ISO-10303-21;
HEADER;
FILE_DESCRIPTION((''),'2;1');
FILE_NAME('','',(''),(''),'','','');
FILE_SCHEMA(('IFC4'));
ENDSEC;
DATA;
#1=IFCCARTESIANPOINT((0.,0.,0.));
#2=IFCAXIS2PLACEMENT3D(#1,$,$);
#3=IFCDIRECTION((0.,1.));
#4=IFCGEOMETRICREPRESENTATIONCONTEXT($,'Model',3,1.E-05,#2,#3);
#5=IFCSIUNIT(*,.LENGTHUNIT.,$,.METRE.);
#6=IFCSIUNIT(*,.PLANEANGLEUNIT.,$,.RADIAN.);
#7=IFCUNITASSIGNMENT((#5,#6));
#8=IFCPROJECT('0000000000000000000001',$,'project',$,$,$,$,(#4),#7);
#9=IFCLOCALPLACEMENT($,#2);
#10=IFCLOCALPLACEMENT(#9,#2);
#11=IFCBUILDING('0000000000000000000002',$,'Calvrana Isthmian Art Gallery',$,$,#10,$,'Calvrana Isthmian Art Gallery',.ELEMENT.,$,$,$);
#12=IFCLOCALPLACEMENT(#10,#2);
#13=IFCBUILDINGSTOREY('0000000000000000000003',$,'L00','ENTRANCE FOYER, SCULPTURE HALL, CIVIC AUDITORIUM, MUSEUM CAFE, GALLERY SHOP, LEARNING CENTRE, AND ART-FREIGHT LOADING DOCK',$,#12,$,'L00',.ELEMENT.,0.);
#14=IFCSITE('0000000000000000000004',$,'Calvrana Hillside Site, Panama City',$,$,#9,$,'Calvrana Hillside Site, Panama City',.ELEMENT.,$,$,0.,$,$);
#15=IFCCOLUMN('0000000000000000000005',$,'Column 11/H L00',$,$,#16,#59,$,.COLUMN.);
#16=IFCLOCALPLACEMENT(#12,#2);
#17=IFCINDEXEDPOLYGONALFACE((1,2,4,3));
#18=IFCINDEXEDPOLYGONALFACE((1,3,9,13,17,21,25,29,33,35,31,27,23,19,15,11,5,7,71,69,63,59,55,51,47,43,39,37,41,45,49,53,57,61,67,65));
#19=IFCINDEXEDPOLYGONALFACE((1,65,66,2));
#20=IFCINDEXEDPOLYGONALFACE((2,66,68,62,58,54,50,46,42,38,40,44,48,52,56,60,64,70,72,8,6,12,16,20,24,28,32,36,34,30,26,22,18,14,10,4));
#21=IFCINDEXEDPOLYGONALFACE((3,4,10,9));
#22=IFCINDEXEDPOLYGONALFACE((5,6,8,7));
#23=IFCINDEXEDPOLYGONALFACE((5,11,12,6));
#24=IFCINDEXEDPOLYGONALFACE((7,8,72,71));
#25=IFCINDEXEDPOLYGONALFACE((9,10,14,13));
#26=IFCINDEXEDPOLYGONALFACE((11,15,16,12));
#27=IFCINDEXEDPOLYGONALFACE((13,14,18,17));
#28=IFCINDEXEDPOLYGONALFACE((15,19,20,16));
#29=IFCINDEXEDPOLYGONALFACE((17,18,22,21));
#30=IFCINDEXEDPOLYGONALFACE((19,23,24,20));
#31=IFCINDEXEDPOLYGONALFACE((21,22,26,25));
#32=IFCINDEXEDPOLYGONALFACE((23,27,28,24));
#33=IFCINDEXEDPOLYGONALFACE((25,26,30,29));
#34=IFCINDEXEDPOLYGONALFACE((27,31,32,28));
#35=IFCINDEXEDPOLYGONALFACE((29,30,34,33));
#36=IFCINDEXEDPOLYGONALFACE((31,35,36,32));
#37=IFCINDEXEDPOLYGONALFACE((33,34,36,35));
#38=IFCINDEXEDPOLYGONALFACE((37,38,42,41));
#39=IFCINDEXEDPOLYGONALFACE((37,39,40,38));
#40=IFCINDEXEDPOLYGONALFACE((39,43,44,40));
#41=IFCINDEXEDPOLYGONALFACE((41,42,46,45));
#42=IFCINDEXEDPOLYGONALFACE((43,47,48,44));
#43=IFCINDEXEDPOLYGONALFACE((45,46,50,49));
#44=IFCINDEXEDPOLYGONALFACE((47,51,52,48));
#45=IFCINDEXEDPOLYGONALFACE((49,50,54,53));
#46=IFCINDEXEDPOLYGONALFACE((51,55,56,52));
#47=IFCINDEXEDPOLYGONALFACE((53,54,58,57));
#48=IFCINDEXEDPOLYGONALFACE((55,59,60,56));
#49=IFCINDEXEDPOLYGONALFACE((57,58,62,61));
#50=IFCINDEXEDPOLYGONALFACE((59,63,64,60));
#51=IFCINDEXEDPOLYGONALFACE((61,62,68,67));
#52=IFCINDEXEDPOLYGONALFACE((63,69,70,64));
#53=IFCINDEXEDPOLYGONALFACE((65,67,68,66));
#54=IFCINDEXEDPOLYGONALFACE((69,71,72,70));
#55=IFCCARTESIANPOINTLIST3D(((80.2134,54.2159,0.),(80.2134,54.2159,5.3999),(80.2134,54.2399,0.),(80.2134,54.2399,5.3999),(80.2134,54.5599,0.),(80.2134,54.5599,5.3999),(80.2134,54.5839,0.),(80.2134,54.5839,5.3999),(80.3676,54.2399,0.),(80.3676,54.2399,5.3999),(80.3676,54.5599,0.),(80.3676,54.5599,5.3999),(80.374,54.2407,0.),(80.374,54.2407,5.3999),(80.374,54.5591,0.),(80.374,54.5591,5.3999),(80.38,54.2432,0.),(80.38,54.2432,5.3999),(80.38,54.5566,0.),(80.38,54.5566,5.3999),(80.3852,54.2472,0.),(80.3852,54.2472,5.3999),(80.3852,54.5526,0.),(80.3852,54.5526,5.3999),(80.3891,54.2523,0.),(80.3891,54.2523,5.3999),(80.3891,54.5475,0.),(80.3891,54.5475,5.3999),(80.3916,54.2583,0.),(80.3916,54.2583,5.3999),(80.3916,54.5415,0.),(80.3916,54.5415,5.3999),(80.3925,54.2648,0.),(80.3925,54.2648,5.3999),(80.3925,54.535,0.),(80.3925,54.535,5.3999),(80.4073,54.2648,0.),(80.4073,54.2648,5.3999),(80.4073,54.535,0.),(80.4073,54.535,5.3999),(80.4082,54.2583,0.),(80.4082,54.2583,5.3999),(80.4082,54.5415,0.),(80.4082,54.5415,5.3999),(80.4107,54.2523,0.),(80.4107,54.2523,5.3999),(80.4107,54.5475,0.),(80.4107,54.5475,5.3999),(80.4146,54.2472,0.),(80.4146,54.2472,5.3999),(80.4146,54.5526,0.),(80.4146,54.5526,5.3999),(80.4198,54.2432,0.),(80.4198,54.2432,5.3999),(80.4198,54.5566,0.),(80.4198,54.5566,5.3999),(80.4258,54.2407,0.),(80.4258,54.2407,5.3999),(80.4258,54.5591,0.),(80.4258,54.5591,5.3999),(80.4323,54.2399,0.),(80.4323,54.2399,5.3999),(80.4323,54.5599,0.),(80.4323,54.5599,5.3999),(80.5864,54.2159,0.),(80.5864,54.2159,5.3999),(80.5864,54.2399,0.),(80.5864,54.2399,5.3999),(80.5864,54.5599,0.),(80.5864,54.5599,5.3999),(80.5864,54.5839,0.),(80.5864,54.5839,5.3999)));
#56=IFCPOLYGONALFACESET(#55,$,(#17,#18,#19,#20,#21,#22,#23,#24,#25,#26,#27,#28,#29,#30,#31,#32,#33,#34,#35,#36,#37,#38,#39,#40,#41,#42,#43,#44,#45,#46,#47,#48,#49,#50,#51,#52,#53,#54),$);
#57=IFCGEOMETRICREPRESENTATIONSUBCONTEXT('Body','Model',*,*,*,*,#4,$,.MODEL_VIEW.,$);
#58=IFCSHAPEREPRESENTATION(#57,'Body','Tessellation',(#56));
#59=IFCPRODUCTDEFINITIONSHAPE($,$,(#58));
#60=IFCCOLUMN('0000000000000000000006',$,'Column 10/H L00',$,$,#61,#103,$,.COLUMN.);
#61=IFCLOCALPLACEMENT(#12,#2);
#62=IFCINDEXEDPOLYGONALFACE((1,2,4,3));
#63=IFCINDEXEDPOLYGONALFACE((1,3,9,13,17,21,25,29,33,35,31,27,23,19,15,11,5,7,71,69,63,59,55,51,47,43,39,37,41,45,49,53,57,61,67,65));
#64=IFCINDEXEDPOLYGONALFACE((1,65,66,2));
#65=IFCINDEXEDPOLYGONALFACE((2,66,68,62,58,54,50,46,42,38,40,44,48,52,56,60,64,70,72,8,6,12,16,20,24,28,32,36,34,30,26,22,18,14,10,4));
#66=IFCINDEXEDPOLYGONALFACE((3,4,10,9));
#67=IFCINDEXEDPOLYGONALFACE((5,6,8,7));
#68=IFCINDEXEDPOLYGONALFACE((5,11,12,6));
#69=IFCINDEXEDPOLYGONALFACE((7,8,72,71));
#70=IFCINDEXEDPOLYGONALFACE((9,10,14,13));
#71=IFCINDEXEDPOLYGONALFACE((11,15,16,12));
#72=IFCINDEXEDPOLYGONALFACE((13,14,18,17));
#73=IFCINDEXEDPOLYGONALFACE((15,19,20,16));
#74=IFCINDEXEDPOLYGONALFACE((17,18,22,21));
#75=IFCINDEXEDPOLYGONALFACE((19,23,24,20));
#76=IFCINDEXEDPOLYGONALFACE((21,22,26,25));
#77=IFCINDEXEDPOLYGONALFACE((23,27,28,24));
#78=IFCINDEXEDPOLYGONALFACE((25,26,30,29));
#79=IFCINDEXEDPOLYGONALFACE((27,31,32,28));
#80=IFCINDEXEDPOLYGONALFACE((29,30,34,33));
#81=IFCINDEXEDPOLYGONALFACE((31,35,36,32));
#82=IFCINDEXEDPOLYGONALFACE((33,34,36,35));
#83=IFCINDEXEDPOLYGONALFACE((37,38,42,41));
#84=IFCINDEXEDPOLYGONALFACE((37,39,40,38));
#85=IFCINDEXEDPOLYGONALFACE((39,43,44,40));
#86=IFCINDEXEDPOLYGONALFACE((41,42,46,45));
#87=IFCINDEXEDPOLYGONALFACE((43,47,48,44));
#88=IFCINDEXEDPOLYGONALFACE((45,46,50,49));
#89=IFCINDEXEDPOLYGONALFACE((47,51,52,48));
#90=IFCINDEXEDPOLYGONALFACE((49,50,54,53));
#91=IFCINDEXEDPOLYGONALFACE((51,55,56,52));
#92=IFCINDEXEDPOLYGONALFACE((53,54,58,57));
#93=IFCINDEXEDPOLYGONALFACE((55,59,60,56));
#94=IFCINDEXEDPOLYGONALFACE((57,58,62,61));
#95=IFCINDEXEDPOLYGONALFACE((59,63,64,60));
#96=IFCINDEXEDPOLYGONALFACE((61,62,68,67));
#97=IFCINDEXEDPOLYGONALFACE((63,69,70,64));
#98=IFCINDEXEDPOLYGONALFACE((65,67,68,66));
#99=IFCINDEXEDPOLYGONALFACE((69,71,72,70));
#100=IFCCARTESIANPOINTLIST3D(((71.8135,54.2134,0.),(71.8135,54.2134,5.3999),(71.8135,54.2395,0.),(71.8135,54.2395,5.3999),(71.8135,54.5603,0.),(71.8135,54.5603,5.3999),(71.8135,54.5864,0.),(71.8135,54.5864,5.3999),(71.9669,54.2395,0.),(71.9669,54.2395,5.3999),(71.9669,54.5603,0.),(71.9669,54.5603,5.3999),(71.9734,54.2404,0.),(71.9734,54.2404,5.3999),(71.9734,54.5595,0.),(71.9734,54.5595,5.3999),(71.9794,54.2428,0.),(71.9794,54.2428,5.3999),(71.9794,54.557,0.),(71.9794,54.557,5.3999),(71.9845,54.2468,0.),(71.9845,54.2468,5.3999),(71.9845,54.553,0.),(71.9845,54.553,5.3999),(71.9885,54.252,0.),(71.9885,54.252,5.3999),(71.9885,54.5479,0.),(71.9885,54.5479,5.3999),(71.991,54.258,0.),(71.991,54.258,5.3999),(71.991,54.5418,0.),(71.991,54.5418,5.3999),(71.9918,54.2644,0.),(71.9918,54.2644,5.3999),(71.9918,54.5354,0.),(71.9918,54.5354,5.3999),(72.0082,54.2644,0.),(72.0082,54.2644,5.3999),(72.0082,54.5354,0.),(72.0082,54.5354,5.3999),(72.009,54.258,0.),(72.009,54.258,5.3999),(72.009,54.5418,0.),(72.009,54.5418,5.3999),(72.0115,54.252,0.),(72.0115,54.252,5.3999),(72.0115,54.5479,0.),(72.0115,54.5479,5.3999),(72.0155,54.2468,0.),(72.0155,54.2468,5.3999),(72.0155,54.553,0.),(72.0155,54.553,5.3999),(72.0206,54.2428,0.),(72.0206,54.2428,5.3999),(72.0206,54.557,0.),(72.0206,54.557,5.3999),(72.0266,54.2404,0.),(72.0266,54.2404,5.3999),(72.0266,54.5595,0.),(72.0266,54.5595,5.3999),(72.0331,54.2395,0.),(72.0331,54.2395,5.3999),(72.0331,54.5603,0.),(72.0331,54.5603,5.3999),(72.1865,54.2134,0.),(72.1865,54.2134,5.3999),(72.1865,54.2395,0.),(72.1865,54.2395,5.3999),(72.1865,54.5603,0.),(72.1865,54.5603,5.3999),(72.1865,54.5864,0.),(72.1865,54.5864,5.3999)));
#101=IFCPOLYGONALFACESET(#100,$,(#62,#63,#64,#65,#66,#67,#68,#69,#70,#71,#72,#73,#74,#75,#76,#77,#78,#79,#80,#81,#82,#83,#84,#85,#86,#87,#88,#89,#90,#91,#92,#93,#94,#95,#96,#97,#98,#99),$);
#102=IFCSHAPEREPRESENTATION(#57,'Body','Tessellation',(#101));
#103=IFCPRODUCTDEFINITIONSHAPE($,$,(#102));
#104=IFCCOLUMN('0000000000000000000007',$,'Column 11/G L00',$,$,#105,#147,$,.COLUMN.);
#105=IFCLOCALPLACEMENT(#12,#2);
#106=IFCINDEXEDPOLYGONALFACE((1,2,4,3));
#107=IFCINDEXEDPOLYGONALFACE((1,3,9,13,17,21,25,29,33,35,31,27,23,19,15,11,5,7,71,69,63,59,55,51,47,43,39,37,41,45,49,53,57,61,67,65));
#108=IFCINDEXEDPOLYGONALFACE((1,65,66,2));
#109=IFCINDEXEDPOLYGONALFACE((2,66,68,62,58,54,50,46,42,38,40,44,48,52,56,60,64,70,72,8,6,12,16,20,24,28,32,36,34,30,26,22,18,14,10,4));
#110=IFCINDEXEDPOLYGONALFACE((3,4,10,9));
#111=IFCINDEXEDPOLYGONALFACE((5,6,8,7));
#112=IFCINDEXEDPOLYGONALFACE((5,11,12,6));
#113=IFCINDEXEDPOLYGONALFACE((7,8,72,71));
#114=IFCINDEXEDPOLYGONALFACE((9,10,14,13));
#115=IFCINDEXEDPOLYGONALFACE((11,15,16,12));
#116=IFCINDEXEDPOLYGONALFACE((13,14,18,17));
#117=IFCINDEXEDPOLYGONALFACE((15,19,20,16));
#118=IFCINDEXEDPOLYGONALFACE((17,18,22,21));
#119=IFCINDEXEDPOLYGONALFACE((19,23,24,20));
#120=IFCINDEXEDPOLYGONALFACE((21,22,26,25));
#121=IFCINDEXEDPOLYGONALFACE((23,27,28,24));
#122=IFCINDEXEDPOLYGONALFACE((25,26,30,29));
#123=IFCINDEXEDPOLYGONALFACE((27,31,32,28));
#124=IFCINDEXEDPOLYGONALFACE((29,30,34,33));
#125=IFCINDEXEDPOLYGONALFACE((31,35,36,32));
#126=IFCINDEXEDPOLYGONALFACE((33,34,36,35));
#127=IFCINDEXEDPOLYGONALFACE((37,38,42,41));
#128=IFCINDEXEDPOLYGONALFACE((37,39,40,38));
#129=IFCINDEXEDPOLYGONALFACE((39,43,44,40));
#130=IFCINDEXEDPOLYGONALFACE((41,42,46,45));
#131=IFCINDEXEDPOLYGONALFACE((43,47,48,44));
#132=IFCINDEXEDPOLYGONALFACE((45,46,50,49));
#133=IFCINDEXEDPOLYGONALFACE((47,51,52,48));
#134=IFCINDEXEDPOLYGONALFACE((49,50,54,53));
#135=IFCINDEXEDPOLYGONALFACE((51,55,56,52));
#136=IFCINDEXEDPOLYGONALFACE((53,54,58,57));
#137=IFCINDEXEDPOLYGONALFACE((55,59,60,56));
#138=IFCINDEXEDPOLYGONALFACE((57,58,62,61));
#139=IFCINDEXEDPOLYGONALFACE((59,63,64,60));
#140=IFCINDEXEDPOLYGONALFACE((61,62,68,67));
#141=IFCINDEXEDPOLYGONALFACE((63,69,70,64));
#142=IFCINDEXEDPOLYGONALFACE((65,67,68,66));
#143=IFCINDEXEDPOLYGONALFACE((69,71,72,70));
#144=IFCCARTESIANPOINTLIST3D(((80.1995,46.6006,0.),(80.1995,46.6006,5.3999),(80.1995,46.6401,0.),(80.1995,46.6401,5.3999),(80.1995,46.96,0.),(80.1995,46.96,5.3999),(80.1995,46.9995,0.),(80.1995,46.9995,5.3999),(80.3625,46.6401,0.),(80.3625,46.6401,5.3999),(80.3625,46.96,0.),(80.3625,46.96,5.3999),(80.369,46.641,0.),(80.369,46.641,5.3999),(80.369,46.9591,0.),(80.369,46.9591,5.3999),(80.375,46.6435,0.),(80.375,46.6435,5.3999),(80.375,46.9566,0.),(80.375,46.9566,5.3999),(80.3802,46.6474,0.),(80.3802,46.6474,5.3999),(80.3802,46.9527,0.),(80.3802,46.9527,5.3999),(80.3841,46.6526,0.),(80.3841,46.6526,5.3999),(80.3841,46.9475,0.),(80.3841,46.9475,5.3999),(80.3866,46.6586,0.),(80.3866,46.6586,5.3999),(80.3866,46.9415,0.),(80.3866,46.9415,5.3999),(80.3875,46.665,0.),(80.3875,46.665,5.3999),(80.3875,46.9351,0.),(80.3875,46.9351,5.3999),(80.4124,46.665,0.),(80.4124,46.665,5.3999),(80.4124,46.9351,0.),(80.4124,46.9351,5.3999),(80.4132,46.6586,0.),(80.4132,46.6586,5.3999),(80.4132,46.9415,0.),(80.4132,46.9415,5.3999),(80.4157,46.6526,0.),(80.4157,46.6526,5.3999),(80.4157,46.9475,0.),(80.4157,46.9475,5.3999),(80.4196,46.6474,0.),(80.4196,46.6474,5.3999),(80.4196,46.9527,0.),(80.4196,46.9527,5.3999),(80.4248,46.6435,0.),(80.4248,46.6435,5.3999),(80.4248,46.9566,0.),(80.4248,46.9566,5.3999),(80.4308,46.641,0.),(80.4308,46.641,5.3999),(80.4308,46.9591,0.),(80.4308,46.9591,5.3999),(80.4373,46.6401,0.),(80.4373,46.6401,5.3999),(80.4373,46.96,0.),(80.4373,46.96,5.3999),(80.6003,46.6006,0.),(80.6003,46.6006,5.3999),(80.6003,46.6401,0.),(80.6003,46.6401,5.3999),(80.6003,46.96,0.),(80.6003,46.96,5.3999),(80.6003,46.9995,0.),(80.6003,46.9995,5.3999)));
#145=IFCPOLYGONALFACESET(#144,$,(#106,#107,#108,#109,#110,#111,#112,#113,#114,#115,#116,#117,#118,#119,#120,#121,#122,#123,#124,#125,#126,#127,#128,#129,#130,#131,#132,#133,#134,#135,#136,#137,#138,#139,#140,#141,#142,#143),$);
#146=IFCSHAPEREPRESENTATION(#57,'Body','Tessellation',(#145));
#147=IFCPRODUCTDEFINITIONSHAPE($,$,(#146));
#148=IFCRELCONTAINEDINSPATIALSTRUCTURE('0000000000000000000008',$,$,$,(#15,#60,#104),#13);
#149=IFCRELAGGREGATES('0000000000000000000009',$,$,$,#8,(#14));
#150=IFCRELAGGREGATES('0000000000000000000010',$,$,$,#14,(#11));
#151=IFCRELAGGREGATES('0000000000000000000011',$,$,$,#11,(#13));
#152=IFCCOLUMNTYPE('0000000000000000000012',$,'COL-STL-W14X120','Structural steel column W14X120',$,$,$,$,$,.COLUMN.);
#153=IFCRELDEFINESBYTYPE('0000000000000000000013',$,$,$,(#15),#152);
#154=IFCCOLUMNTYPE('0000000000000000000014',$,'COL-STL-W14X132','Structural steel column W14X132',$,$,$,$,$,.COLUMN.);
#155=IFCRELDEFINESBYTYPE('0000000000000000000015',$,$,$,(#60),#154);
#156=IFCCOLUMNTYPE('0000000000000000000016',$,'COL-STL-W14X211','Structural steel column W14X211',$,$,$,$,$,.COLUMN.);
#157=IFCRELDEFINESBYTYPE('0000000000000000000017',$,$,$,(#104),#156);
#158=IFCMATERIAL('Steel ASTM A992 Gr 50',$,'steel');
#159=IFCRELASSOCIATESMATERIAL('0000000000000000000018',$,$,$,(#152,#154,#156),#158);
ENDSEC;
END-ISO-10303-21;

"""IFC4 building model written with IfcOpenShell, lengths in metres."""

from ifc_helpers import new_model, si_unit, direction, frame, origin, origin_2d, place, context, subcontext, project, spatial, i_section, extrude, material, material_profile, profile_set, type_object, element, save


model = new_model("IFC4")

# Units and contexts
model_context = context("Model", 3, precision=1e-05, world=origin(), true_north=direction((0.0, 1.0)))
body_context = subcontext(model_context, "Body", "Model", "MODEL_VIEW")
ifc_project = project(units=[si_unit("LENGTHUNIT", "METRE"), si_unit("PLANEANGLEUNIT", "RADIAN")], contexts=[model_context])

# Site, building, storey
site_placement = place(None, origin())
site = spatial("IfcSite", under=ifc_project, at=site_placement, Name="Calvrana Hillside Site, Panama City", LongName="Calvrana Hillside Site, Panama City", CompositionType="ELEMENT", RefElevation=0.0)
building_placement = place(site_placement, origin())
building = spatial("IfcBuilding", under=site, at=building_placement, Name="Calvrana Isthmian Art Gallery", LongName="Calvrana Isthmian Art Gallery", CompositionType="ELEMENT")
storey_placement = place(building_placement, origin())
storey = spatial("IfcBuildingStorey", under=building, at=storey_placement, Name="L00", Description="ENTRANCE FOYER, SCULPTURE HALL, CIVIC AUDITORIUM, MUSEUM CAFE, GALLERY SHOP, LEARNING CENTRE, AND ART-FREIGHT LOADING DOCK", LongName="L00", CompositionType="ELEMENT", Elevation=0.0)

# Columns
ifc_material_1 = material(Name="Steel ASTM A992 Gr 50", Category="steel")
ifc_material_profile_1 = material_profile(ifc_material_1, i_section(OverallWidth=0.373, OverallDepth=0.3679, WebThickness=0.0149, FlangeThickness=0.0239, FilletRadius=0.0249, at=origin_2d()), Name="W14X120")
ifc_profile_set_1 = profile_set([ifc_material_profile_1], Name="Steel ASTM A992 Gr 50")
column_type_1 = type_object("IfcColumnType", Name="COL-STL-W14X120", Description="Structural steel column W14X120", PredefinedType="COLUMN", material=ifc_profile_set_1)
column_1_placement = place(storey_placement, frame((80.3999, 54.3999, 0.0), z_axis=(0.0, 0.0, 1.0), x_axis=(1.0, 0.0, 0.0)))
element("IfcColumn", 1, at=column_1_placement, inside=storey, type_object=column_type_1, Name="Column 11/H L00", PredefinedType="COLUMN", context=body_context, shape_type="SweptSolid", body=[
    extrude(i_section(OverallWidth=0.373, OverallDepth=0.3679, WebThickness=0.0149, FlangeThickness=0.0239, FilletRadius=0.0249, at=origin_2d()), origin(), (0.0, 0.0, 1.0), 5.3999),
])
ifc_material_profile_2 = material_profile(ifc_material_1, i_section(OverallWidth=0.373, OverallDepth=0.373, WebThickness=0.0164, FlangeThickness=0.0261, FilletRadius=0.0249, at=origin_2d()), Name="W14X132")
ifc_profile_set_2 = profile_set([ifc_material_profile_2], Name="Steel ASTM A992 Gr 50")
column_type_2 = type_object("IfcColumnType", Name="COL-STL-W14X132", Description="Structural steel column W14X132", PredefinedType="COLUMN", material=ifc_profile_set_2)
column_2_placement = place(storey_placement, frame((72.0, 54.3999, 0.0), z_axis=(0.0, 0.0, 1.0), x_axis=(1.0, 0.0, 0.0)))
element("IfcColumn", 2, at=column_2_placement, inside=storey, type_object=column_type_2, Name="Column 10/H L00", PredefinedType="COLUMN", context=body_context, shape_type="SweptSolid", body=[
    extrude(i_section(OverallWidth=0.373, OverallDepth=0.373, WebThickness=0.0164, FlangeThickness=0.0261, FilletRadius=0.0249, at=origin_2d()), origin(), (0.0, 0.0, 1.0), 5.3999),
])
ifc_material_profile_3 = material_profile(ifc_material_1, i_section(OverallWidth=0.4009, OverallDepth=0.3989, WebThickness=0.0249, FlangeThickness=0.0396, FilletRadius=0.0249, at=origin_2d()), Name="W14X211")
ifc_profile_set_3 = profile_set([ifc_material_profile_3], Name="Steel ASTM A992 Gr 50")
column_type_3 = type_object("IfcColumnType", Name="COL-STL-W14X211", Description="Structural steel column W14X211", PredefinedType="COLUMN", material=ifc_profile_set_3)
column_3_placement = place(storey_placement, frame((80.3999, 46.8, 0.0), z_axis=(0.0, 0.0, 1.0), x_axis=(1.0, 0.0, 0.0)))
element("IfcColumn", 3, at=column_3_placement, inside=storey, type_object=column_type_3, Name="Column 11/G L00", PredefinedType="COLUMN", context=body_context, shape_type="SweptSolid", body=[
    extrude(i_section(OverallWidth=0.4009, OverallDepth=0.3989, WebThickness=0.0249, FlangeThickness=0.0396, FilletRadius=0.0249, at=origin_2d()), origin(), (0.0, 0.0, 1.0), 5.3999),
])

save(model, "model.ifc")
